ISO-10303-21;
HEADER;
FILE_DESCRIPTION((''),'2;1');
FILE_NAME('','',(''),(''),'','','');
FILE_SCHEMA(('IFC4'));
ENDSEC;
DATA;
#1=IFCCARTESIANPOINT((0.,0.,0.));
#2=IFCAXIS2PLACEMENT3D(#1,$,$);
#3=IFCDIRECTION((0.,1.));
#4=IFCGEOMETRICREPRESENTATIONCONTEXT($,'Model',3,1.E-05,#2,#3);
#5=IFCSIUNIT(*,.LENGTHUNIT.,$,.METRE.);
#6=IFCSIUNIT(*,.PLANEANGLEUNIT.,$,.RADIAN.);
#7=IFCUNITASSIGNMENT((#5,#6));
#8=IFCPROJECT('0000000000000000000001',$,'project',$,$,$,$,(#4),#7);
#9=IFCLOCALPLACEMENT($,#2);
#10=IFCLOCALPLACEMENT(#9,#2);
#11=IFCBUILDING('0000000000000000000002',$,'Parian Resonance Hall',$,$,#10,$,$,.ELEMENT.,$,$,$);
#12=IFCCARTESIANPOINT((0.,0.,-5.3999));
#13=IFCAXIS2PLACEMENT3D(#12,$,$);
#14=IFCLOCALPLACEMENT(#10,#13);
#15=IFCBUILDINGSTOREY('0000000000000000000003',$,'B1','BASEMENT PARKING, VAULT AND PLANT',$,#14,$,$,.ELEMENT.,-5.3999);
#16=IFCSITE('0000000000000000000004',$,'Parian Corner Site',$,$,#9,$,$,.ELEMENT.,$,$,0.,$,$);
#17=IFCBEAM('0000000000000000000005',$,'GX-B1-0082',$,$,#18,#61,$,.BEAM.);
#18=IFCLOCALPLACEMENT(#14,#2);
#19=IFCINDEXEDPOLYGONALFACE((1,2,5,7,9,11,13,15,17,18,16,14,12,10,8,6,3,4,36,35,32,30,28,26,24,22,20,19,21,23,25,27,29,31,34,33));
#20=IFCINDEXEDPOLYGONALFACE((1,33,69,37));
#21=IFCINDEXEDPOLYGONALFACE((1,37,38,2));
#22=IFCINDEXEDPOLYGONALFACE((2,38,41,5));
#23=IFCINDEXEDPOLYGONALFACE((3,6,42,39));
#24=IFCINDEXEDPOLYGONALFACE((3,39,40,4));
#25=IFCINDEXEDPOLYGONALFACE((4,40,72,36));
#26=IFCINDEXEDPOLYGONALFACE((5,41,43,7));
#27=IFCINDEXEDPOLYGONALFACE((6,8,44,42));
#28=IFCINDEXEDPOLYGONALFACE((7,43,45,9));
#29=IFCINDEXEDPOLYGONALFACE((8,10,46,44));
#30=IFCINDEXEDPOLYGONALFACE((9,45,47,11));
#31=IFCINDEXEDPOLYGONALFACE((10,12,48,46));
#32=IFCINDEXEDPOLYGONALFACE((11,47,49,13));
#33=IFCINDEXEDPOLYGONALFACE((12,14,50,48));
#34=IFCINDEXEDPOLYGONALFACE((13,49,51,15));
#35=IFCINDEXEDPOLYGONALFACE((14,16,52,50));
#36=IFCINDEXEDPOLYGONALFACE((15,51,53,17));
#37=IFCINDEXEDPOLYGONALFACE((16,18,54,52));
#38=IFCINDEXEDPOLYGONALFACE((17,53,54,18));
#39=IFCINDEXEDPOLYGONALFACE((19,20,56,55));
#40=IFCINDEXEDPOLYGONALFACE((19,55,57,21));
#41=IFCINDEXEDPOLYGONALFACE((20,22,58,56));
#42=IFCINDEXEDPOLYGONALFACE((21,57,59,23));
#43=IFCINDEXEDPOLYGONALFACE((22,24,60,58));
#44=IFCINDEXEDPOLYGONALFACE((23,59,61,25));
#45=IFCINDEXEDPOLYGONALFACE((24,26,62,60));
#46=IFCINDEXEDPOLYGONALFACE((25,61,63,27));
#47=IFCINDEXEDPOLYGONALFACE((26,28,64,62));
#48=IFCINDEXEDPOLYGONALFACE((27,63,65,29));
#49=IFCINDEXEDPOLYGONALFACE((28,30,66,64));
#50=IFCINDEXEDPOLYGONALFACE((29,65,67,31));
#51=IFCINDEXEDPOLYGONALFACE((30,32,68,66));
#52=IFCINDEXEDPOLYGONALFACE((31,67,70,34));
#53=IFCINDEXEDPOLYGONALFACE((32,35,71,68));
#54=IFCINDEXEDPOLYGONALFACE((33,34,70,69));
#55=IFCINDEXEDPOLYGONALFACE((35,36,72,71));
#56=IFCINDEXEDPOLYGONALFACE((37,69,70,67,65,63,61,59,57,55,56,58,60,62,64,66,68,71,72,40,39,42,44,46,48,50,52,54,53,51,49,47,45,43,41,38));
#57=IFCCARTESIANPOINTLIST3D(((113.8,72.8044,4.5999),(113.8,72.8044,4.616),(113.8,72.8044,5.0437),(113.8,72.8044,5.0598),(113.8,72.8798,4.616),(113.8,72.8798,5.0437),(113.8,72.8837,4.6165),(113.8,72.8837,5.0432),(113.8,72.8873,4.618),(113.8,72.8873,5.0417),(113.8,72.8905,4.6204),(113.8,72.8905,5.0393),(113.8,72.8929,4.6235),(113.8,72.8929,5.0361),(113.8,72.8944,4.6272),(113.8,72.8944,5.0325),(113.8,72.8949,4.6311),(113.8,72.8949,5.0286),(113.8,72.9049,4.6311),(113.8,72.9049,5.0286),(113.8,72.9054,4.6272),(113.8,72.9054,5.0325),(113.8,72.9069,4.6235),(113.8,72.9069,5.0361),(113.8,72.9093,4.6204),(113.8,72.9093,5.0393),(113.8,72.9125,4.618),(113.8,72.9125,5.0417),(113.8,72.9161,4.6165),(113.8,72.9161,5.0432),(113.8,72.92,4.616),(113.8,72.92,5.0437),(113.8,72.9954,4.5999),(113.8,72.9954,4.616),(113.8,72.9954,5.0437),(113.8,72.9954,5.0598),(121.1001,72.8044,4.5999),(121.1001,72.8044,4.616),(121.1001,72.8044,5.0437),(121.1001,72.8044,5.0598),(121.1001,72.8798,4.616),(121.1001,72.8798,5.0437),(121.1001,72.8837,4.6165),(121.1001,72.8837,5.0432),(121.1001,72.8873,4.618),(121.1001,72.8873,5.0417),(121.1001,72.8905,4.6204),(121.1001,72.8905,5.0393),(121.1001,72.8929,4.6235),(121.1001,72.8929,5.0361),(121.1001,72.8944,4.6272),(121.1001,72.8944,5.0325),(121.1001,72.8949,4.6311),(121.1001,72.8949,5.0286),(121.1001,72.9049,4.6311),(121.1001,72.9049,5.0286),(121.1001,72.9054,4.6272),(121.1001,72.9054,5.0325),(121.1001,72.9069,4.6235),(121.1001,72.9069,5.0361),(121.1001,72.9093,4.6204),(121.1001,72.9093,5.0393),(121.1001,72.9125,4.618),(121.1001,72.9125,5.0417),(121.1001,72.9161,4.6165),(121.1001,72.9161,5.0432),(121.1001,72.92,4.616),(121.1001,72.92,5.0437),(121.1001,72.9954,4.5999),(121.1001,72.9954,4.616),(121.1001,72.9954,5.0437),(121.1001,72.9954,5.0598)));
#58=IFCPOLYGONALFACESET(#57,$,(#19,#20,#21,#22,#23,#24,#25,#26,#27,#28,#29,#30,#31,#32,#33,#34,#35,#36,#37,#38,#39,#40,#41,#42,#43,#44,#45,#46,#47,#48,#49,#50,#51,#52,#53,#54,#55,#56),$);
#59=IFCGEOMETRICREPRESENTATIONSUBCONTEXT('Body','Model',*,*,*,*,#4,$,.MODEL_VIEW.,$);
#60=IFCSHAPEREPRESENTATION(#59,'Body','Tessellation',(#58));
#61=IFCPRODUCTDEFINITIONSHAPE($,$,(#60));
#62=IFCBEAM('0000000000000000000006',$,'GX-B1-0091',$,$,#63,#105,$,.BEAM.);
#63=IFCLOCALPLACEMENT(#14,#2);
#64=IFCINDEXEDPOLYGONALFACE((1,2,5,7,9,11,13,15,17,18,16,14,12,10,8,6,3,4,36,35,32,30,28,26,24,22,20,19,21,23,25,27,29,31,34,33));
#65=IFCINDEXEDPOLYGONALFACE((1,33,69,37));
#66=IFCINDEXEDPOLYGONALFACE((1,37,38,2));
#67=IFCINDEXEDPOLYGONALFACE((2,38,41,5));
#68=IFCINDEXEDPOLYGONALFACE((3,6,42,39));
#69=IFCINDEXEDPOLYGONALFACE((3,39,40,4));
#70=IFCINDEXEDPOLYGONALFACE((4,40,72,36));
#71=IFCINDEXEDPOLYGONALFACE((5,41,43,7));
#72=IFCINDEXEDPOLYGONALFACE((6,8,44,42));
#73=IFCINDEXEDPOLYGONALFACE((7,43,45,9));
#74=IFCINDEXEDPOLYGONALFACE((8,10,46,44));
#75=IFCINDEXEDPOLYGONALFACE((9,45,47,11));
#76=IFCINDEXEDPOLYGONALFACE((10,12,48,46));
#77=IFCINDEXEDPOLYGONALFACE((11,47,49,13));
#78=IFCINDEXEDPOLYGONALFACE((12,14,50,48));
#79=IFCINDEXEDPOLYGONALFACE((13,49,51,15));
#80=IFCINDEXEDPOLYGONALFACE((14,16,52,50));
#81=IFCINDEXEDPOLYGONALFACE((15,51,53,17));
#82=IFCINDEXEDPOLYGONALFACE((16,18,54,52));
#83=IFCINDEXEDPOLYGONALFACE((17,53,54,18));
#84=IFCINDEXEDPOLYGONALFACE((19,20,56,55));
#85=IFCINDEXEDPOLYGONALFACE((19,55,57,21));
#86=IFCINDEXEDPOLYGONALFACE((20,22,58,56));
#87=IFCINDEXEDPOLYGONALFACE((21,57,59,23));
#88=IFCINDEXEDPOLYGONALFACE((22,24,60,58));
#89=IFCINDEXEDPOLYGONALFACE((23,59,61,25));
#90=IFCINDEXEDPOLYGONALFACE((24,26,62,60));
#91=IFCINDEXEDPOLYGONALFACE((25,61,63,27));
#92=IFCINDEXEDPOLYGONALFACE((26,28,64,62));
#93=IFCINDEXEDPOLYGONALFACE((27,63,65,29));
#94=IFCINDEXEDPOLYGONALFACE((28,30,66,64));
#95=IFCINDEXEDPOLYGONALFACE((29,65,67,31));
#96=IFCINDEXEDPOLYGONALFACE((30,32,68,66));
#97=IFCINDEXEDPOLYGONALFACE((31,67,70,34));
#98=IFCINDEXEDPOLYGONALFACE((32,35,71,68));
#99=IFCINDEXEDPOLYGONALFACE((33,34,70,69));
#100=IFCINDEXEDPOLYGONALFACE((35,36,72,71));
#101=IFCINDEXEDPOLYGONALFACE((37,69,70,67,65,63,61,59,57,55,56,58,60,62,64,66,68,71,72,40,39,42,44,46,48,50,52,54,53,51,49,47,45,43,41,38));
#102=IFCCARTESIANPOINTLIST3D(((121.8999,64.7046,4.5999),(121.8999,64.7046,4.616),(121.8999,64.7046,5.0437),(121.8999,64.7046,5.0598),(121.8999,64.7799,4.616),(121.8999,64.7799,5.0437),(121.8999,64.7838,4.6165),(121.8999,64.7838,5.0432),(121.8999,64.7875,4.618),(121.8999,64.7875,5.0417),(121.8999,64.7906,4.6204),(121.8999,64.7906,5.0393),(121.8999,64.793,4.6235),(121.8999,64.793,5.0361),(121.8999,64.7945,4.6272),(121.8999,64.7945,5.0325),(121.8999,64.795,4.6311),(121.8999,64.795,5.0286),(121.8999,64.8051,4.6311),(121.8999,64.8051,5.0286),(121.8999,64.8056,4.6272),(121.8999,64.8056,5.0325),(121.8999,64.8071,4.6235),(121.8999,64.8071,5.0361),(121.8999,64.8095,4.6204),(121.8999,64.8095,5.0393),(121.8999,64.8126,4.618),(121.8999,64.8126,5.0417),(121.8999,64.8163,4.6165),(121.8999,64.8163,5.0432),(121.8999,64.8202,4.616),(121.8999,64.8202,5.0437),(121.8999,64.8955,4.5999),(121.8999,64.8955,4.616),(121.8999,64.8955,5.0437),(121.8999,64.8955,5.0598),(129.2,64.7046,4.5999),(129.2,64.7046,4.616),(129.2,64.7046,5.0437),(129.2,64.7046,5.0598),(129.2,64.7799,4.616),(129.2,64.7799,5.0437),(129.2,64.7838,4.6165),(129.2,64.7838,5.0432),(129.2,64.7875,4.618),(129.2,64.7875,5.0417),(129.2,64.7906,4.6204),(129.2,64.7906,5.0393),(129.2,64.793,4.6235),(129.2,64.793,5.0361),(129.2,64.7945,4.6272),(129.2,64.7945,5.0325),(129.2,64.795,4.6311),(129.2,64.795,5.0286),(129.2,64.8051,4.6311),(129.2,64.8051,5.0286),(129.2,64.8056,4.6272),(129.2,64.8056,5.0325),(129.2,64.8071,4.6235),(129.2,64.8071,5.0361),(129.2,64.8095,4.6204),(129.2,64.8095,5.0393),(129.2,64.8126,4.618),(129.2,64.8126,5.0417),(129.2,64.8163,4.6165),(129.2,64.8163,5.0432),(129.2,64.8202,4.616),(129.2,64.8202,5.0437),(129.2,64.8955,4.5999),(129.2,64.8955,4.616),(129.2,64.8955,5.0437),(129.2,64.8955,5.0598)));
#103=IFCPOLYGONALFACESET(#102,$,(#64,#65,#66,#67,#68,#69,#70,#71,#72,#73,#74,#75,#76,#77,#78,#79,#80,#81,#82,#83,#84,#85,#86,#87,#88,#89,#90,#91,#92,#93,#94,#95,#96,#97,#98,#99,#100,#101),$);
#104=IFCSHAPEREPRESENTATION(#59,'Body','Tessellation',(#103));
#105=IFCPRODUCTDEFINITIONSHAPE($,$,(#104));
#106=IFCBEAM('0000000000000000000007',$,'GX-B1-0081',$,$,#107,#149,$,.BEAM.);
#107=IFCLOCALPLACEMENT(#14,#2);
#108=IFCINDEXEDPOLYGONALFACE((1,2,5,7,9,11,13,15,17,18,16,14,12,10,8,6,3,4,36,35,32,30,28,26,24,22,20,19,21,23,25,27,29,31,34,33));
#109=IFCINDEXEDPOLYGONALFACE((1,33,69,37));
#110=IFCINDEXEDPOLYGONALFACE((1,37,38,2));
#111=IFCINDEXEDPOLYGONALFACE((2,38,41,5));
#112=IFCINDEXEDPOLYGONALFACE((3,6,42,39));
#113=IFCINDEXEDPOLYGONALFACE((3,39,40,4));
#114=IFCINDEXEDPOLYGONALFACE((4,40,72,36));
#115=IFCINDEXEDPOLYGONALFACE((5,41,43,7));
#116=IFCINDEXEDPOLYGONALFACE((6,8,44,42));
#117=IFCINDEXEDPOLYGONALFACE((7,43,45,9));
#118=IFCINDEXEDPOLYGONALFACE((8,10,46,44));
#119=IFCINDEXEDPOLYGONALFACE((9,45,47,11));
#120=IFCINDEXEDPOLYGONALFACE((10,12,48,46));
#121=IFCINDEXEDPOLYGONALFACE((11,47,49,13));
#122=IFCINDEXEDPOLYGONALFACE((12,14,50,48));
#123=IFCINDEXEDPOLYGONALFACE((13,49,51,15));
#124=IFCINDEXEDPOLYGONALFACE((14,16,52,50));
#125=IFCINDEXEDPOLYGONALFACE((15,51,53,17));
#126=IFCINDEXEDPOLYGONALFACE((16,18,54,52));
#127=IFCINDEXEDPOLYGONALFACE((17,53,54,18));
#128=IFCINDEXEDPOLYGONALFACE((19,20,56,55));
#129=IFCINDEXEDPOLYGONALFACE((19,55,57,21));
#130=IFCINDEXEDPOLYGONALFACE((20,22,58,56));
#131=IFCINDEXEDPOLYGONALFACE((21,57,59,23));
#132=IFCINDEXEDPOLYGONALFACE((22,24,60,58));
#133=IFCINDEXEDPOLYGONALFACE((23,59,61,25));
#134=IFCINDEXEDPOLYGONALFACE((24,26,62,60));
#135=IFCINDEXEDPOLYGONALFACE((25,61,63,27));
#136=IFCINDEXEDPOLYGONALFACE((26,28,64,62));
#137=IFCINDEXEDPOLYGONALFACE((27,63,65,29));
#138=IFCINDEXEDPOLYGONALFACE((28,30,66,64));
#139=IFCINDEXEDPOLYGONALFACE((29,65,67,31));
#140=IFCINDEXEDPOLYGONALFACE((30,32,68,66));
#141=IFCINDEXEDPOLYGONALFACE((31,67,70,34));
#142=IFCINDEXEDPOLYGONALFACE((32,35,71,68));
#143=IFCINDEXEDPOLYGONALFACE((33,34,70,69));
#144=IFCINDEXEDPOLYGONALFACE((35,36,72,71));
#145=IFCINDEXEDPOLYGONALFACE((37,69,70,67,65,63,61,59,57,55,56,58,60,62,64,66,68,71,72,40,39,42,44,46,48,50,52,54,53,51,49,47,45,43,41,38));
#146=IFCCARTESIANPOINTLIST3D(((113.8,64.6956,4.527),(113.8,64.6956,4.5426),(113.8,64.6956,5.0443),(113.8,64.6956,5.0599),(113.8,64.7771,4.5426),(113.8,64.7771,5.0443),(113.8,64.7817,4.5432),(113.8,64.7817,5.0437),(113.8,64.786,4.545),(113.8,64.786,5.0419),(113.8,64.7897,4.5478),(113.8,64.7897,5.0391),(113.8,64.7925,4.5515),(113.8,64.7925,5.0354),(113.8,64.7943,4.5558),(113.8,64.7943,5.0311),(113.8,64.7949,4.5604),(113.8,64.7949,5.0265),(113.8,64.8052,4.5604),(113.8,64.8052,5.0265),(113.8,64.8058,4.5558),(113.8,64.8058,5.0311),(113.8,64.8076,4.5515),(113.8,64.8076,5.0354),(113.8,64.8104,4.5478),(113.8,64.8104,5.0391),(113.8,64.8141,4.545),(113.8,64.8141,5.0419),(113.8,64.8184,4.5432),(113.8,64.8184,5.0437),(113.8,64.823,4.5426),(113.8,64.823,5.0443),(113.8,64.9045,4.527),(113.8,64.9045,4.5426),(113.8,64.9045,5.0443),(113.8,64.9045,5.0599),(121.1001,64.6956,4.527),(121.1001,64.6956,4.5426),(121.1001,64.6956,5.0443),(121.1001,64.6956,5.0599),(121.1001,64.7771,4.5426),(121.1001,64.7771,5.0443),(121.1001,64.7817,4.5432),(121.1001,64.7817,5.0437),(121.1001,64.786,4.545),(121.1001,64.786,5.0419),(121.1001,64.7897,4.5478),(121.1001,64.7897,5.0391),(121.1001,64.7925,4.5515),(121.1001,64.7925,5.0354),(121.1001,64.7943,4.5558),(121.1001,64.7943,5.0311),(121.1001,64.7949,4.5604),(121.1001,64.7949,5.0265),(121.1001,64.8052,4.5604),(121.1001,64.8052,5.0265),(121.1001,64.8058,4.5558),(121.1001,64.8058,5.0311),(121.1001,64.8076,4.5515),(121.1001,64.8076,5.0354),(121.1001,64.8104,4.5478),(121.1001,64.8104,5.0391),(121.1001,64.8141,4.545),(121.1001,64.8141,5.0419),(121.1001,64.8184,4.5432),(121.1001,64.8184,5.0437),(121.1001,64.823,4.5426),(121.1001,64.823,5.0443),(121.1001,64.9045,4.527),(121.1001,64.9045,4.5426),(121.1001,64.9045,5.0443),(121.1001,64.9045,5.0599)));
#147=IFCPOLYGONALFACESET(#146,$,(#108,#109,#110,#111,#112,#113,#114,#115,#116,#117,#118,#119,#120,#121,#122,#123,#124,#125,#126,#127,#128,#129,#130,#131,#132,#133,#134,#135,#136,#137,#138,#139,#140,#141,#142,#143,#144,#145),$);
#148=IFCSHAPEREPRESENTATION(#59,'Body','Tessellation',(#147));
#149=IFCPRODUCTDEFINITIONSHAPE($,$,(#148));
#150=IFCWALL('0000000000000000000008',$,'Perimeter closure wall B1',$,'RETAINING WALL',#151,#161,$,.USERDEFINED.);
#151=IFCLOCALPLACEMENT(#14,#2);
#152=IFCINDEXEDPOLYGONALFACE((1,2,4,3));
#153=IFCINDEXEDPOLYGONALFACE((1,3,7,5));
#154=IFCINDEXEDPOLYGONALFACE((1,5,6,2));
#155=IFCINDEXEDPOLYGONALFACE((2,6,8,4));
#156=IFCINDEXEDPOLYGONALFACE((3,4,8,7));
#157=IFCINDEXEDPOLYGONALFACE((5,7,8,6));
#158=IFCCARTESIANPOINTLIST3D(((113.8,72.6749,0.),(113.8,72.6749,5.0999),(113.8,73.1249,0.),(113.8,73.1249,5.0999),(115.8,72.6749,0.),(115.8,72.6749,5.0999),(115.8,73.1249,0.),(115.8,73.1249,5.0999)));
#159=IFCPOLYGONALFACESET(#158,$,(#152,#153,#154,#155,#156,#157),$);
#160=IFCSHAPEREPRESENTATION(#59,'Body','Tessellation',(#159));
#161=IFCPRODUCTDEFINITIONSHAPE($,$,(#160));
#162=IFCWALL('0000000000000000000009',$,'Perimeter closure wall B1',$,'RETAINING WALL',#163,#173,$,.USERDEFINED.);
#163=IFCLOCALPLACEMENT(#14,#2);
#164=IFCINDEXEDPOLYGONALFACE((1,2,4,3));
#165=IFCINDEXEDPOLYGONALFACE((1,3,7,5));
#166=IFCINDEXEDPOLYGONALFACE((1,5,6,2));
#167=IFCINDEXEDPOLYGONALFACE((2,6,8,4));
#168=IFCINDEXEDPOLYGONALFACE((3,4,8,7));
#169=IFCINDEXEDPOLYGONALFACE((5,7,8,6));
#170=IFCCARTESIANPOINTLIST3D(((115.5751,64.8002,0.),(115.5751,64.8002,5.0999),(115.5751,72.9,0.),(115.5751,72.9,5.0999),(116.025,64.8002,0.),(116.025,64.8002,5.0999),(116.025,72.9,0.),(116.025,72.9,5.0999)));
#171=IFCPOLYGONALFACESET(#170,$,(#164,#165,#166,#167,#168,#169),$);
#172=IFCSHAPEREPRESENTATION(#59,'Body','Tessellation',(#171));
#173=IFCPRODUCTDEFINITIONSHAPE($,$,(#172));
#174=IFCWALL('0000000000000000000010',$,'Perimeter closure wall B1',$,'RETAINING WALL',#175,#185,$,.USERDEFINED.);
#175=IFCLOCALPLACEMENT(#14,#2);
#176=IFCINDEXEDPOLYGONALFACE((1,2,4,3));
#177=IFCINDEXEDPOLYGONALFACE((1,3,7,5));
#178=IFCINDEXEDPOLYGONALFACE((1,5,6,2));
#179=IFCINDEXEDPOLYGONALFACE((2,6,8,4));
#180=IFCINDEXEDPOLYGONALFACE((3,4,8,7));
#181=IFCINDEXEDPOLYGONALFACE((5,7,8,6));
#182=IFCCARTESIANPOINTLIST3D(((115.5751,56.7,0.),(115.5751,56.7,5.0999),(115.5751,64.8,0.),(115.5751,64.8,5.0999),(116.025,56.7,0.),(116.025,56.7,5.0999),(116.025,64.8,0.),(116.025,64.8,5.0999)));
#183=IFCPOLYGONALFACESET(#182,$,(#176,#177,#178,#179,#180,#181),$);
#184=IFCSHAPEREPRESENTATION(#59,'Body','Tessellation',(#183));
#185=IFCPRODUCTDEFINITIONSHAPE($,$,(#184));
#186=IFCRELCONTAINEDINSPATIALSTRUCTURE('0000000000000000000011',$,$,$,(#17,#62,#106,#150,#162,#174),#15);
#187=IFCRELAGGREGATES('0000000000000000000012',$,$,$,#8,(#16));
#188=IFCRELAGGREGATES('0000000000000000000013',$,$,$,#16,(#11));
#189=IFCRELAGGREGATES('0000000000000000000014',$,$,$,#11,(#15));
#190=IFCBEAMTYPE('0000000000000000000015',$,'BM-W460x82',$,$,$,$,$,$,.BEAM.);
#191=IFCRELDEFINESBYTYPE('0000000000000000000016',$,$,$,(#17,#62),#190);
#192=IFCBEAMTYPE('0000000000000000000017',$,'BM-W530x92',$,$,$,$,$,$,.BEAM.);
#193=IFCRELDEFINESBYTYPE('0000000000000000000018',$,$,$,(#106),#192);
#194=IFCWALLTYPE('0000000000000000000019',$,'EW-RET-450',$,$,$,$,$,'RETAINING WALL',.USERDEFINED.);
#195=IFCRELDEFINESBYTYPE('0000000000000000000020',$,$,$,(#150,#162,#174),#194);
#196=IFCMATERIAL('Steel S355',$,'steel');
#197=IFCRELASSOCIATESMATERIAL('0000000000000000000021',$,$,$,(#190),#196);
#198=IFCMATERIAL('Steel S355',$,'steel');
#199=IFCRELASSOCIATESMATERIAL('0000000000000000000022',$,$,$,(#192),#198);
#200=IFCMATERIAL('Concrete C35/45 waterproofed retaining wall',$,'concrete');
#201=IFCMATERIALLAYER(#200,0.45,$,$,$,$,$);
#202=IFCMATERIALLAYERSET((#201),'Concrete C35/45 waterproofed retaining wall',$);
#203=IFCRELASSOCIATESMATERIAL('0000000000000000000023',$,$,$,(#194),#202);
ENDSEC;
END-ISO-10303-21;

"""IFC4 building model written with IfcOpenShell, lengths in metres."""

from ifc_helpers import new_model, si_unit, direction, frame, frame_2d, origin, origin_2d, place, context, subcontext, project, spatial, rectangle, i_section, extrude, material, layer, layer_set, material_profile, profile_set, type_object, element, save


model = new_model("IFC4")

# Units and contexts
model_context = context("Model", 3, precision=1e-05, world=origin(), true_north=direction((0.0, 1.0)))
body_context = subcontext(model_context, "Body", "Model", "MODEL_VIEW")
ifc_project = project(units=[si_unit("LENGTHUNIT", "METRE"), si_unit("PLANEANGLEUNIT", "RADIAN")], contexts=[model_context])

# Site, building, storey
site_placement = place(None, origin())
site = spatial("IfcSite", under=ifc_project, at=site_placement, Name="Parian Corner Site", CompositionType="ELEMENT", RefElevation=0.0)
building_placement = place(site_placement, origin())
building = spatial("IfcBuilding", under=site, at=building_placement, Name="Parian Resonance Hall", CompositionType="ELEMENT")
storey_placement = place(building_placement, frame((0.0, 0.0, -5.3999)))
storey = spatial("IfcBuildingStorey", under=building, at=storey_placement, Name="B1", Description="BASEMENT PARKING, VAULT AND PLANT", CompositionType="ELEMENT", Elevation=-5.3999)

# Beams
ifc_material_1 = material(Name="Steel S355", Category="steel")
ifc_material_profile_1 = material_profile(ifc_material_1, i_section(OverallWidth=0.1909, OverallDepth=0.46, WebThickness=0.01, FlangeThickness=0.0161, FilletRadius=0.0151, at=origin_2d()), Name="W460x82")
ifc_profile_set_1 = profile_set([ifc_material_profile_1], Name="Steel S355")
beam_type_1 = type_object("IfcBeamType", Name="BM-W460x82", PredefinedType="BEAM", material=ifc_profile_set_1)
for number, where, z_axis, x_axis, name in (
    (1, (113.8, 72.8999, 4.8298), (1.0, 0.0, 0.0), (0.0, 1.0, 0.0), "GX-B1-0082"),
    (2, (121.8999, 64.8, 4.8298), (1.0, 0.0, 0.0), (0.0, 1.0, 0.0), "GX-B1-0091"),
):
    element("IfcBeam", number, at=place(storey_placement, frame(where, z_axis=z_axis, x_axis=x_axis)), inside=storey, type_object=beam_type_1, Name=name, PredefinedType="BEAM", context=body_context, shape_type="SweptSolid", body=[
        extrude(i_section(OverallWidth=0.1909, OverallDepth=0.46, WebThickness=0.01, FlangeThickness=0.0161, FilletRadius=0.0151, at=origin_2d()), origin(), (0.0, 0.0, 1.0), 7.3),
    ])
ifc_material_2 = material(Name="Steel S355", Category="steel")
ifc_material_profile_2 = material_profile(ifc_material_2, i_section(OverallWidth=0.209, OverallDepth=0.533, WebThickness=0.0103, FlangeThickness=0.0156, FilletRadius=0.0178, at=origin_2d()), Name="W530x92")
ifc_profile_set_2 = profile_set([ifc_material_profile_2], Name="Steel S355")
beam_type_2 = type_object("IfcBeamType", Name="BM-W530x92", PredefinedType="BEAM", material=ifc_profile_set_2)
beam_1_placement = place(storey_placement, frame((113.8, 64.8, 4.7935), z_axis=(1.0, 0.0, 0.0), x_axis=(0.0, 1.0, 0.0)))
element("IfcBeam", 3, at=beam_1_placement, inside=storey, type_object=beam_type_2, Name="GX-B1-0081", PredefinedType="BEAM", context=body_context, shape_type="SweptSolid", body=[
    extrude(i_section(OverallWidth=0.209, OverallDepth=0.533, WebThickness=0.0103, FlangeThickness=0.0156, FilletRadius=0.0178, at=origin_2d()), origin(), (0.0, 0.0, 1.0), 7.3),
])

# Walls
ifc_material_3 = material(Name="Concrete C35/45 waterproofed retaining wall", Category="concrete")
ifc_layer_1 = layer(ifc_material_3, 0.45)
ifc_layer_set_1 = layer_set([ifc_layer_1], Name="Concrete C35/45 waterproofed retaining wall")
wall_type_1 = type_object("IfcWallType", Name="EW-RET-450", ElementType="RETAINING WALL", PredefinedType="USERDEFINED", material=ifc_layer_set_1)
wall_1_placement = place(storey_placement, frame((113.8, 72.8999, 0.0), z_axis=(0.0, 0.0, 1.0), x_axis=(1.0, 0.0, 0.0)))
element("IfcWall", 4, at=wall_1_placement, inside=storey, type_object=wall_type_1, Name="Perimeter closure wall B1", ObjectType="RETAINING WALL", PredefinedType="USERDEFINED", context=body_context, shape_type="SweptSolid", body=[
    extrude(rectangle(XDim=2.0, YDim=0.45, at=frame_2d((1.0, 0.0))), origin(), (0.0, 0.0, 1.0), 5.0999),
])
wall_2_placement = place(storey_placement, frame((115.8, 72.8999, 0.0), z_axis=(0.0, 0.0, 1.0), x_axis=(0.0, -1.0, 0.0)))
element("IfcWall", 5, at=wall_2_placement, inside=storey, type_object=wall_type_1, Name="Perimeter closure wall B1", ObjectType="RETAINING WALL", PredefinedType="USERDEFINED", context=body_context, shape_type="SweptSolid", body=[
    extrude(rectangle(XDim=8.0999, YDim=0.45, at=frame_2d((4.0498, 0.0))), origin(), (0.0, 0.0, 1.0), 5.0999),
])
wall_3_placement = place(storey_placement, frame((115.8, 64.8, 0.0), z_axis=(0.0, 0.0, 1.0), x_axis=(0.0, -1.0, 0.0)))
element("IfcWall", 6, at=wall_3_placement, inside=storey, type_object=wall_type_1, Name="Perimeter closure wall B1", ObjectType="RETAINING WALL", PredefinedType="USERDEFINED", context=body_context, shape_type="SweptSolid", body=[
    extrude(rectangle(XDim=8.1001, YDim=0.45, at=frame_2d((4.05, 0.0))), origin(), (0.0, 0.0, 1.0), 5.0999),
])

save(model, "model.ifc")
